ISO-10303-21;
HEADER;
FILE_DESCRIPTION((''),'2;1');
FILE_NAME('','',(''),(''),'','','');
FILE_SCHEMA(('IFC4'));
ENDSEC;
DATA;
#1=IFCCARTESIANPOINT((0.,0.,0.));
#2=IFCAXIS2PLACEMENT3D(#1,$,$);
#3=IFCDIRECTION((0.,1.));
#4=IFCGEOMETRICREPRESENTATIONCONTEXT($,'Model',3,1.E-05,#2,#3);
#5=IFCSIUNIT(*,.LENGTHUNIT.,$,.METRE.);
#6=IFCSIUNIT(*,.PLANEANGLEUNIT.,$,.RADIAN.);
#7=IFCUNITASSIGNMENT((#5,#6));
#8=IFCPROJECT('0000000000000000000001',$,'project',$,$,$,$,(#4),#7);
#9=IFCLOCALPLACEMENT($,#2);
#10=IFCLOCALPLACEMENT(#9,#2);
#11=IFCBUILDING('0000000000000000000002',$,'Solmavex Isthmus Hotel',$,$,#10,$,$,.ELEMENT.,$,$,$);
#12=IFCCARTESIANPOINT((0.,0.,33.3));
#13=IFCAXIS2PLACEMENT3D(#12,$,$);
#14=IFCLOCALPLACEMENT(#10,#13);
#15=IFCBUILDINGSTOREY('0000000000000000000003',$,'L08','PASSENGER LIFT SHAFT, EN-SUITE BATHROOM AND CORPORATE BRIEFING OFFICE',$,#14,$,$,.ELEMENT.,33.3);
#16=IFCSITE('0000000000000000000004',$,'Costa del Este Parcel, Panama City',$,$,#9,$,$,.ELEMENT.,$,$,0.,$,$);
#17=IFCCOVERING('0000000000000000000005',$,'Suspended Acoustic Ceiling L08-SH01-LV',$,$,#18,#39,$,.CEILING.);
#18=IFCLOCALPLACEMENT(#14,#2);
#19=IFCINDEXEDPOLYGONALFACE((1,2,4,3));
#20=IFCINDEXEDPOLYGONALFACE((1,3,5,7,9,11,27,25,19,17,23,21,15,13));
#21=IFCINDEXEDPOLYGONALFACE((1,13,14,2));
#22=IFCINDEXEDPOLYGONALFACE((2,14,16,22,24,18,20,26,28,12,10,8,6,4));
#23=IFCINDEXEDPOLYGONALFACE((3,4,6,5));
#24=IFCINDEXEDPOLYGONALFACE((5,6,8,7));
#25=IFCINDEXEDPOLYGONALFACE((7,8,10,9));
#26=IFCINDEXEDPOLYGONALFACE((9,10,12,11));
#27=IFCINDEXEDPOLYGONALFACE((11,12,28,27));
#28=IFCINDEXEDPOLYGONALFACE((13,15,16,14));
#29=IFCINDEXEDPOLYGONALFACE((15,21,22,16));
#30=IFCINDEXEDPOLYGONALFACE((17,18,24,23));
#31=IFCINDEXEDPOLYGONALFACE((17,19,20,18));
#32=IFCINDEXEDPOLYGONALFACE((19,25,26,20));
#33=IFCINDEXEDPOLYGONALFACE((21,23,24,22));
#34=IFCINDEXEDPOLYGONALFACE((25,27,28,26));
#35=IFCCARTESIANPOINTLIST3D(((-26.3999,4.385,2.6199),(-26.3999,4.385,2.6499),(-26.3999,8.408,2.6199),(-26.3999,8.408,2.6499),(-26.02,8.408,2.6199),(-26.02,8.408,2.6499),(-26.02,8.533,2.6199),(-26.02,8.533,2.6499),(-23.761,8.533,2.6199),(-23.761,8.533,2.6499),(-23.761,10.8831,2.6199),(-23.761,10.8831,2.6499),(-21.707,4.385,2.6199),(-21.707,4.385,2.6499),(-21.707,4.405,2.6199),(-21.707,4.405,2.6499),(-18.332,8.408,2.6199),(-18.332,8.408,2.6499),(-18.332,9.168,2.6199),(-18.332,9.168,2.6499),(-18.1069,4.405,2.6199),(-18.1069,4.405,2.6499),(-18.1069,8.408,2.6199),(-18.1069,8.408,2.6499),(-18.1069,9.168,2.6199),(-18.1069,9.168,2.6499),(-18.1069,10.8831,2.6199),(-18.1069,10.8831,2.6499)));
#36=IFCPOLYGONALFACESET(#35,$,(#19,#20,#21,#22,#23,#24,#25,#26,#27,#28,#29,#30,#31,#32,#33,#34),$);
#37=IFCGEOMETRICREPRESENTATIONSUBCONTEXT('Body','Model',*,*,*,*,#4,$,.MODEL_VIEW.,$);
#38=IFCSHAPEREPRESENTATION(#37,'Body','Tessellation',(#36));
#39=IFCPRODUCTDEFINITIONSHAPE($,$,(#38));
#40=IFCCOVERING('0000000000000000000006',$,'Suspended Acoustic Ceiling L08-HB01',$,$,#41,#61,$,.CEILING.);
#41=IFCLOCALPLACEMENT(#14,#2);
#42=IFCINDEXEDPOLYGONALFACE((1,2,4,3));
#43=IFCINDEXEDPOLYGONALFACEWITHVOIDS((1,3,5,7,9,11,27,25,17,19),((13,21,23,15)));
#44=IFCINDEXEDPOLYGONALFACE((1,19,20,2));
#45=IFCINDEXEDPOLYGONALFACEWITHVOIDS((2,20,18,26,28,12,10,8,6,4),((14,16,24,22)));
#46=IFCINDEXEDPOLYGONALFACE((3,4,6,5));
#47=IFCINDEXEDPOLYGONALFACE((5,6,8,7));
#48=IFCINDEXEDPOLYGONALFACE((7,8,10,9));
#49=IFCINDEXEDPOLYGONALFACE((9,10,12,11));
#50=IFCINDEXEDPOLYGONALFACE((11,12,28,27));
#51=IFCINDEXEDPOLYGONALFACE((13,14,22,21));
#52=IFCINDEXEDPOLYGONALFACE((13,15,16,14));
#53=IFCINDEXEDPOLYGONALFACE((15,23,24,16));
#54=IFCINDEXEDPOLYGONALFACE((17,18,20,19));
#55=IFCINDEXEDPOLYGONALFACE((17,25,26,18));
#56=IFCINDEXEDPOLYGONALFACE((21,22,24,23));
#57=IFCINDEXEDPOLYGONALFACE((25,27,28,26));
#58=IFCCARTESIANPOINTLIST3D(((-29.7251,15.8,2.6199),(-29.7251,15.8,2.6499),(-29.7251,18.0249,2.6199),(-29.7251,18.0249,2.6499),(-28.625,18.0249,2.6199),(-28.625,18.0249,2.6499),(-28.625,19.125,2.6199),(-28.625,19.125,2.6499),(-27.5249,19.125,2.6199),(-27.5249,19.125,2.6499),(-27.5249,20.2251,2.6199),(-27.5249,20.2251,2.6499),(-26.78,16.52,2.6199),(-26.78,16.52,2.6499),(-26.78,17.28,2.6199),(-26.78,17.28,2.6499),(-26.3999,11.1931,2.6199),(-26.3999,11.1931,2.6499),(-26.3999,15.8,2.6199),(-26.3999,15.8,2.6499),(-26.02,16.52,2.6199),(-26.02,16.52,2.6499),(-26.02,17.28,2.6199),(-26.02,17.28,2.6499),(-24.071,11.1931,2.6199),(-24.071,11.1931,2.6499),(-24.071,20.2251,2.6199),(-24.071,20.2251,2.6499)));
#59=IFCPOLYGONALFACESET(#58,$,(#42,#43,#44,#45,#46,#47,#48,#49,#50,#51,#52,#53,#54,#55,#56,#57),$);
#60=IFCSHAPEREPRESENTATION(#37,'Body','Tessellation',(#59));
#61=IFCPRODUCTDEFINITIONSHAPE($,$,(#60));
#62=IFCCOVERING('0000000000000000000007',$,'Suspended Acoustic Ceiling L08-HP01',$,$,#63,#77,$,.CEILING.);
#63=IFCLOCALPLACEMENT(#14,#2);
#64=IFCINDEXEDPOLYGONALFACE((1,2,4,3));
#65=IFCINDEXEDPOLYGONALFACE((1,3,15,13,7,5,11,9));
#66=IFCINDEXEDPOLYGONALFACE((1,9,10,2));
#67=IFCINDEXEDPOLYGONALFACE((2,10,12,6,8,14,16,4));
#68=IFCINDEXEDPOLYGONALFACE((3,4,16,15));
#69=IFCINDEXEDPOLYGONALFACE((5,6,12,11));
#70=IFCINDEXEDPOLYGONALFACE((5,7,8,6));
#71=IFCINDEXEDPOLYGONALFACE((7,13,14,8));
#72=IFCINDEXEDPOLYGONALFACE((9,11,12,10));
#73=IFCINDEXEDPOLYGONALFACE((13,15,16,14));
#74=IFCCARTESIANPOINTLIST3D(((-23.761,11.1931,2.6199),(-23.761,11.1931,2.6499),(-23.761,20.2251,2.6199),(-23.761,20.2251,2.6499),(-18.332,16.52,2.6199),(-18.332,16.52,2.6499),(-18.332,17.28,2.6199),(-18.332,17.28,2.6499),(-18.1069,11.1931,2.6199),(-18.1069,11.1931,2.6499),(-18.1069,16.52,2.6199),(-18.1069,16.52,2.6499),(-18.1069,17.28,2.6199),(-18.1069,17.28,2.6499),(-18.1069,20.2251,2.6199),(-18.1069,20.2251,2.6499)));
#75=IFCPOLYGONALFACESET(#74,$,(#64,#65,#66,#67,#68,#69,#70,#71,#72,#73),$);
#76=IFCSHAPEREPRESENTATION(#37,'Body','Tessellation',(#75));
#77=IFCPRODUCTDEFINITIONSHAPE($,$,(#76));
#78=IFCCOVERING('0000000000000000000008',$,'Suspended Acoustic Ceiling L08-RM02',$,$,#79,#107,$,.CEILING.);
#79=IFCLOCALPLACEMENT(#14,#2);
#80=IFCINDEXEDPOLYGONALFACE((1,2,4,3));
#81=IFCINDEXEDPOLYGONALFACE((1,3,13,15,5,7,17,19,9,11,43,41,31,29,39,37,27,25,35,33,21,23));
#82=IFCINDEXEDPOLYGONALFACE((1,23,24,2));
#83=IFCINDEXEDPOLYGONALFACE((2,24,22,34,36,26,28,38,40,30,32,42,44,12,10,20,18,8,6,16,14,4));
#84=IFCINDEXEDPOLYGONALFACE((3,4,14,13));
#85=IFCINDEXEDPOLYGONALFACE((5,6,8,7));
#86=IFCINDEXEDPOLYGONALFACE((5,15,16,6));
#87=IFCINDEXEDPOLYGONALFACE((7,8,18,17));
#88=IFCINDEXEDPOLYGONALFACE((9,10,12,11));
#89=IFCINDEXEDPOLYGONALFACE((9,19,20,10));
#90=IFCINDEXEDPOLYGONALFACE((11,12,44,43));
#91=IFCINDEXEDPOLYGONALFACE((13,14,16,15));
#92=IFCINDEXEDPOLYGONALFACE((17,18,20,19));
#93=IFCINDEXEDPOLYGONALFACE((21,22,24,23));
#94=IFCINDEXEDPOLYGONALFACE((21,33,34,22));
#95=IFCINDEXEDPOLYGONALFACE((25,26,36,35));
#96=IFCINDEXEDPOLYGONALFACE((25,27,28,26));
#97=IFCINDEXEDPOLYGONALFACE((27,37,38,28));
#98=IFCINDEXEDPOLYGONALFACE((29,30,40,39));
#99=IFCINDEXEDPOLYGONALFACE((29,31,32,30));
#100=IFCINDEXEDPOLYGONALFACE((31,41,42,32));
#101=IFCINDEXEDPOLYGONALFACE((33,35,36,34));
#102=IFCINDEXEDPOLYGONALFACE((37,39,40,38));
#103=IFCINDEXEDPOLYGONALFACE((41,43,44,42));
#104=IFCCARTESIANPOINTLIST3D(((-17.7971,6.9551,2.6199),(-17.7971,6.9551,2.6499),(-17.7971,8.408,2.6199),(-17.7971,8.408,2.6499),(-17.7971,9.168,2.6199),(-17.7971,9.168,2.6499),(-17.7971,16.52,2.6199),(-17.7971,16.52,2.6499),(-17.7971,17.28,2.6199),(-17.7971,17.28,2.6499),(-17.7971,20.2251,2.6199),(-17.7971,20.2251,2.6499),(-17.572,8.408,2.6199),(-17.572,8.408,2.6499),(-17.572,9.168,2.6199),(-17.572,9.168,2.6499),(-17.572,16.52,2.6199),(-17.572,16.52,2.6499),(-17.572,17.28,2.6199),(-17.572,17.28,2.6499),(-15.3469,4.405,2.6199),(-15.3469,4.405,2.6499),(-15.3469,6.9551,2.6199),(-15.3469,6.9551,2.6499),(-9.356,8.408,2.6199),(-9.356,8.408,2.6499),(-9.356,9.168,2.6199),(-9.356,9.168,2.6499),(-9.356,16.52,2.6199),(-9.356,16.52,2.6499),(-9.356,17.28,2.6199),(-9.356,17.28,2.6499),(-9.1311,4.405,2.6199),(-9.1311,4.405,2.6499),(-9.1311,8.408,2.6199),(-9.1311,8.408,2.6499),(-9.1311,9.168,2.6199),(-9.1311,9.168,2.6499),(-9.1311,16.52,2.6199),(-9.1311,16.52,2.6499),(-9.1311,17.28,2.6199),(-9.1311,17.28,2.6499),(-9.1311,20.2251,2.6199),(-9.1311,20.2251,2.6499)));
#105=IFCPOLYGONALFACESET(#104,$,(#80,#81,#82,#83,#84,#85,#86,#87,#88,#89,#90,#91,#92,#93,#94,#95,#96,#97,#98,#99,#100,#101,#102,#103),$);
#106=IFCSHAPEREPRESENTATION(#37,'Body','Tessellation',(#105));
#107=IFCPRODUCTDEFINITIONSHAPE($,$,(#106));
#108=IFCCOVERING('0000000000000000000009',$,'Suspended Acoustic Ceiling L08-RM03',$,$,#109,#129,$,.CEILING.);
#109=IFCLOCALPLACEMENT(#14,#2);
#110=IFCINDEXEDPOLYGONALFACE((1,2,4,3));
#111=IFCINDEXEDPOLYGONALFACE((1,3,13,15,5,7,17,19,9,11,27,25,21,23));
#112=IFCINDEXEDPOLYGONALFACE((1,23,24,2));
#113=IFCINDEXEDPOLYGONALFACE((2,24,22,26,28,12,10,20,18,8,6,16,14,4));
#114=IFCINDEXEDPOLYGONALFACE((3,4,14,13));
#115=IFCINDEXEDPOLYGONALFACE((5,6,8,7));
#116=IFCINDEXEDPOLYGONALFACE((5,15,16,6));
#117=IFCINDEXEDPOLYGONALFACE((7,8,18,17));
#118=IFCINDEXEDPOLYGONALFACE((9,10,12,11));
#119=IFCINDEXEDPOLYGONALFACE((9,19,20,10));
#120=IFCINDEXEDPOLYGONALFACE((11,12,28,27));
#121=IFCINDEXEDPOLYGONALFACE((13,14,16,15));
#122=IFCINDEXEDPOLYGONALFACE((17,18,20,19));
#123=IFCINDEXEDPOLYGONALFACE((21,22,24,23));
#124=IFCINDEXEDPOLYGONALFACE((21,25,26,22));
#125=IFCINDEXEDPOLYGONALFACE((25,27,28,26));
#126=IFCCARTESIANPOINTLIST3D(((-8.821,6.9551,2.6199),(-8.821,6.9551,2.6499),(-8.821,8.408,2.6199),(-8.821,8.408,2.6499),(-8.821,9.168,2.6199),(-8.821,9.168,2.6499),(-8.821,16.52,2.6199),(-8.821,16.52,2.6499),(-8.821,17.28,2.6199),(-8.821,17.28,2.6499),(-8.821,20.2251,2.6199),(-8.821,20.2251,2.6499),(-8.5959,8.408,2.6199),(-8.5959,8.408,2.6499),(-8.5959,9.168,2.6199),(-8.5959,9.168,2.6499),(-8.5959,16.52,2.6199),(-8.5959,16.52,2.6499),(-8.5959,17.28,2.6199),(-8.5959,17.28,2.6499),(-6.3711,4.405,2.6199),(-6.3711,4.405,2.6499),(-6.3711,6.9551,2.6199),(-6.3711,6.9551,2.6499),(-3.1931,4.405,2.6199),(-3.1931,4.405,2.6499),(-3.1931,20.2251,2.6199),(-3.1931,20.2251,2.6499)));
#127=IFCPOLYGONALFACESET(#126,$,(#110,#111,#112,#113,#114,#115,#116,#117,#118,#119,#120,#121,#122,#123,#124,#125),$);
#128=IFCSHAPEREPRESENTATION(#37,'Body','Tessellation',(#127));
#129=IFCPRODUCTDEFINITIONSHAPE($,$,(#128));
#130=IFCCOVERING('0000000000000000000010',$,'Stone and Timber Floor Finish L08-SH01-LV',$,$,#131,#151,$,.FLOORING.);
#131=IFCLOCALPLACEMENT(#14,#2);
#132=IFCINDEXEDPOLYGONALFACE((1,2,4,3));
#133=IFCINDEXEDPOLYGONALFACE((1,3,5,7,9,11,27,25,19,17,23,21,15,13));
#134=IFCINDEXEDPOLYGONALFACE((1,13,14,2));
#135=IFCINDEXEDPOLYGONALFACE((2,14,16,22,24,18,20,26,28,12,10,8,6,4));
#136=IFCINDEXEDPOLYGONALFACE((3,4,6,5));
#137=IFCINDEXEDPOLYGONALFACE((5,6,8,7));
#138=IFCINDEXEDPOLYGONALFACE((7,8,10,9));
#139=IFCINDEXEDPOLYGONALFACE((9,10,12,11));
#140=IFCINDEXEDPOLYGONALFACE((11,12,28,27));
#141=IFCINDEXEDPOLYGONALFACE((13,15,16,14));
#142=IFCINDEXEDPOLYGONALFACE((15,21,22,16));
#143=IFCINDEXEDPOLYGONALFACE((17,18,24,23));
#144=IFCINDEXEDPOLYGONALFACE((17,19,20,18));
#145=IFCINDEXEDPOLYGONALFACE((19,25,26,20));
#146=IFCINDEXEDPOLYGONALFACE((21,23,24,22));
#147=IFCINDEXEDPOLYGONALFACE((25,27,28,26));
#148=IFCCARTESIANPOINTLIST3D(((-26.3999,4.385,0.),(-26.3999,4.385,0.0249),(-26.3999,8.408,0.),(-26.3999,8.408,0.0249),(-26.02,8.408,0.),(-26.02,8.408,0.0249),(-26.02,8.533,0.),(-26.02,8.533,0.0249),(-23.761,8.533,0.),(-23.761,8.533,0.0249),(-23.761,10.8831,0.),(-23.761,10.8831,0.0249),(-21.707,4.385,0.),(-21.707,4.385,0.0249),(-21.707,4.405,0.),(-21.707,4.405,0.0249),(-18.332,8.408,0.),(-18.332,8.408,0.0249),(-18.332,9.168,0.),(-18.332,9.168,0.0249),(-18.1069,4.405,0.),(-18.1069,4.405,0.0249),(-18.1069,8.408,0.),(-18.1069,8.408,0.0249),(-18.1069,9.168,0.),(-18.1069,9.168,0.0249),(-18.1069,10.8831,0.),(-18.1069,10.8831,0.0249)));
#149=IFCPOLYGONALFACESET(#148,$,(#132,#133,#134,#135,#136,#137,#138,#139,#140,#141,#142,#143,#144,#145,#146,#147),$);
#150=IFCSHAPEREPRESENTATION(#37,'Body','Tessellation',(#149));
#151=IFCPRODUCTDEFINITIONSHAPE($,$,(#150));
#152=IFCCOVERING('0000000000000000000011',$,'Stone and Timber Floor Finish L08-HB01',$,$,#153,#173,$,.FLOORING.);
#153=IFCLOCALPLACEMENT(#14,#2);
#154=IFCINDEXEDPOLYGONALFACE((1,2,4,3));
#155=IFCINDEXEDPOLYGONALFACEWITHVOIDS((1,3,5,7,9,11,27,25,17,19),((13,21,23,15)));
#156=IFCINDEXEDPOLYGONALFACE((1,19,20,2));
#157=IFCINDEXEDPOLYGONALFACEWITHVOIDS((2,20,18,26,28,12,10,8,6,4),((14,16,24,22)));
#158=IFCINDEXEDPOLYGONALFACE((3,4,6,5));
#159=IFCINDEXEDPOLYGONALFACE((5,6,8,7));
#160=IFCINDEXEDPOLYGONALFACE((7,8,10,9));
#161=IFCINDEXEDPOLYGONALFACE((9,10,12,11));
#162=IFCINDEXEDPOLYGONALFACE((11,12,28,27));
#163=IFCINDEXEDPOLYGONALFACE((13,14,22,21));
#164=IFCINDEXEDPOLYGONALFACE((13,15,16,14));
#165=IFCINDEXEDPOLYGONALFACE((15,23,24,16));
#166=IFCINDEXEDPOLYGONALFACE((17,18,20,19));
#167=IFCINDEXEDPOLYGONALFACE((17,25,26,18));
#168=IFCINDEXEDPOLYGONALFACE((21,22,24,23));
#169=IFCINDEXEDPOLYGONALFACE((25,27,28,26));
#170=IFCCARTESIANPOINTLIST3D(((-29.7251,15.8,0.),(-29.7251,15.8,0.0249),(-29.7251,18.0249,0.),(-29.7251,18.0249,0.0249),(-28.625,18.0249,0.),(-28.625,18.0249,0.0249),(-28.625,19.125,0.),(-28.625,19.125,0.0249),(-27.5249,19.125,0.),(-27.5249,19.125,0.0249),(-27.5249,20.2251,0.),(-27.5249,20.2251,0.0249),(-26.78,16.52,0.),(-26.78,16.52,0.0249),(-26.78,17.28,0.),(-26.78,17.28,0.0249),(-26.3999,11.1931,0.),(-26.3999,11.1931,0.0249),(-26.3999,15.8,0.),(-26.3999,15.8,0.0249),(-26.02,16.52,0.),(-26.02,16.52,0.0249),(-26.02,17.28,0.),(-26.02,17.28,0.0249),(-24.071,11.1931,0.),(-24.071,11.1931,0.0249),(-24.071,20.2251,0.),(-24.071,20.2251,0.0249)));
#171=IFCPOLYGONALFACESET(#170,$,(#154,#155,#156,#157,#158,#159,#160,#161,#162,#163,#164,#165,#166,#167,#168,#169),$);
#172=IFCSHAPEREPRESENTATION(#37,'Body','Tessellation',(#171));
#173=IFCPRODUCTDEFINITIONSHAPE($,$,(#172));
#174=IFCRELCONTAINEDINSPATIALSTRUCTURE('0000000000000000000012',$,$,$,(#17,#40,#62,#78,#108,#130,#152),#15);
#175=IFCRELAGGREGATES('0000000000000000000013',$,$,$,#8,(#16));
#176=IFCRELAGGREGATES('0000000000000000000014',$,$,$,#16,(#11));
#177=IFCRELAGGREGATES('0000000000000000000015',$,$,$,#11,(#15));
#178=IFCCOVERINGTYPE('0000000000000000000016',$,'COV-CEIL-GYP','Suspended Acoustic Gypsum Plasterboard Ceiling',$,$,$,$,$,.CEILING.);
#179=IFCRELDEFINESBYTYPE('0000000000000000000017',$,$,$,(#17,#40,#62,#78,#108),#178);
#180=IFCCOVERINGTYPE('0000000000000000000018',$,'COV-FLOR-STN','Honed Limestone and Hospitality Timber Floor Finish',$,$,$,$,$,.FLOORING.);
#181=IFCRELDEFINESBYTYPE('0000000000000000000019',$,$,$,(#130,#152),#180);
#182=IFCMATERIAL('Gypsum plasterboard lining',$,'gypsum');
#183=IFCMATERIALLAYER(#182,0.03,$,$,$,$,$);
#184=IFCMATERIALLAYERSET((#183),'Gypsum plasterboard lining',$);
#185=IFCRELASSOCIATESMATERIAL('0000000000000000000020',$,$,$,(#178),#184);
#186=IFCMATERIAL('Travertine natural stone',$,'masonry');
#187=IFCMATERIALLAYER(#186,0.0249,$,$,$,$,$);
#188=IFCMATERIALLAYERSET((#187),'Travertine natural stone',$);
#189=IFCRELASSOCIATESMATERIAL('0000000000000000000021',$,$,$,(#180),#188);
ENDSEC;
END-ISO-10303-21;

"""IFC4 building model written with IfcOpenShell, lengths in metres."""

from ifc_helpers import new_model, si_unit, direction, frame, origin, place, context, subcontext, project, spatial, polyline, outline, extrude, material, layer, layer_set, type_object, element, save


model = new_model("IFC4")

# Units and contexts
model_context = context("Model", 3, precision=1e-05, world=origin(), true_north=direction((0.0, 1.0)))
body_context = subcontext(model_context, "Body", "Model", "MODEL_VIEW")
ifc_project = project(units=[si_unit("LENGTHUNIT", "METRE"), si_unit("PLANEANGLEUNIT", "RADIAN")], contexts=[model_context])

# Site, building, storey
site_placement = place(None, origin())
site = spatial("IfcSite", under=ifc_project, at=site_placement, Name="Costa del Este Parcel, Panama City", CompositionType="ELEMENT", RefElevation=0.0)
building_placement = place(site_placement, origin())
building = spatial("IfcBuilding", under=site, at=building_placement, Name="Solmavex Isthmus Hotel", CompositionType="ELEMENT")
storey_placement = place(building_placement, frame((0.0, 0.0, 33.3)))
storey = spatial("IfcBuildingStorey", under=building, at=storey_placement, Name="L08", Description="PASSENGER LIFT SHAFT, EN-SUITE BATHROOM AND CORPORATE BRIEFING OFFICE", CompositionType="ELEMENT", Elevation=33.3)

# Shared definitions
ifc_material_1 = material(Name="Gypsum plasterboard lining", Category="gypsum")

# Coverings
ifc_layer_1 = layer(ifc_material_1, 0.03)
ifc_layer_set_1 = layer_set([ifc_layer_1], Name="Gypsum plasterboard lining")
covering_type_1 = type_object("IfcCoveringType", Name="COV-CEIL-GYP", Description="Suspended Acoustic Gypsum Plasterboard Ceiling", PredefinedType="CEILING", material=ifc_layer_set_1)
covering_1_placement = place(storey_placement, frame((0.0, 0.0, 2.6199)))
element("IfcCovering", 1, at=covering_1_placement, inside=storey, type_object=covering_type_1, Name="Suspended Acoustic Ceiling L08-SH01-LV", PredefinedType="CEILING", context=body_context, shape_type="SweptSolid", body=[
    extrude(outline(polyline([(-26.02, 8.533), (-26.02, 8.408), (-26.3999, 8.408), (-26.3999, 4.385), (-21.707, 4.385), (-21.707, 4.405), (-18.1069, 4.405), (-18.1069, 8.408), (-18.332, 8.408), (-18.332, 9.168), (-18.1069, 9.168), (-18.1069, 10.8831), (-23.761, 10.8831), (-23.761, 8.533), (-26.02, 8.533)])), origin(), (0.0, 0.0, 1.0), 0.03),
])
covering_2_placement = place(storey_placement, frame((0.0, 0.0, 2.6199)))
element("IfcCovering", 2, at=covering_2_placement, inside=storey, type_object=covering_type_1, Name="Suspended Acoustic Ceiling L08-HB01", PredefinedType="CEILING", context=body_context, shape_type="SweptSolid", body=[
    extrude(outline(polyline([(-28.625, 18.0249), (-29.7251, 18.0249), (-29.7251, 15.8), (-26.3999, 15.8), (-26.3999, 11.1931), (-24.071, 11.1931), (-24.071, 20.2251), (-27.5249, 20.2251), (-27.5249, 19.125), (-28.625, 19.125), (-28.625, 18.0249)]), holes=[polyline([(-26.78, 17.28), (-26.02, 17.28), (-26.02, 16.52), (-26.78, 16.52), (-26.78, 17.28)])]), origin(), (0.0, 0.0, 1.0), 0.03),
])
covering_3_placement = place(storey_placement, frame((0.0, 0.0, 2.6199)))
element("IfcCovering", 3, at=covering_3_placement, inside=storey, type_object=covering_type_1, Name="Suspended Acoustic Ceiling L08-HP01", PredefinedType="CEILING", context=body_context, shape_type="SweptSolid", body=[
    extrude(outline(polyline([(-18.1069, 16.52), (-18.332, 16.52), (-18.332, 17.28), (-18.1069, 17.28), (-18.1069, 20.2251), (-23.761, 20.2251), (-23.761, 11.1931), (-18.1069, 11.1931), (-18.1069, 16.52)])), origin(), (0.0, 0.0, 1.0), 0.03),
])
covering_4_placement = place(storey_placement, frame((0.0, 0.0, 2.6199)))
element("IfcCovering", 4, at=covering_4_placement, inside=storey, type_object=covering_type_1, Name="Suspended Acoustic Ceiling L08-RM02", PredefinedType="CEILING", context=body_context, shape_type="SweptSolid", body=[
    extrude(outline(polyline([(-17.7971, 9.168), (-17.572, 9.168), (-17.572, 8.408), (-17.7971, 8.408), (-17.7971, 6.9551), (-15.3469, 6.9551), (-15.3469, 4.405), (-9.1311, 4.405), (-9.1311, 8.408), (-9.356, 8.408), (-9.356, 9.168), (-9.1311, 9.168), (-9.1311, 16.52), (-9.356, 16.52), (-9.356, 17.28), (-9.1311, 17.28), (-9.1311, 20.2251), (-17.7971, 20.2251), (-17.7971, 17.28), (-17.572, 17.28), (-17.572, 16.52), (-17.7971, 16.52), (-17.7971, 9.168)])), origin(), (0.0, 0.0, 1.0), 0.03),
])
covering_5_placement = place(storey_placement, frame((0.0, 0.0, 2.6199)))
element("IfcCovering", 5, at=covering_5_placement, inside=storey, type_object=covering_type_1, Name="Suspended Acoustic Ceiling L08-RM03", PredefinedType="CEILING", context=body_context, shape_type="SweptSolid", body=[
    extrude(outline(polyline([(-8.821, 9.168), (-8.5959, 9.168), (-8.5959, 8.408), (-8.821, 8.408), (-8.821, 6.9551), (-6.3711, 6.9551), (-6.3711, 4.405), (-3.1931, 4.405), (-3.1931, 20.2251), (-8.821, 20.2251), (-8.821, 17.28), (-8.5959, 17.28), (-8.5959, 16.52), (-8.821, 16.52), (-8.821, 9.168)])), origin(), (0.0, 0.0, 1.0), 0.03),
])
ifc_material_2 = material(Name="Travertine natural stone", Category="masonry")
ifc_layer_2 = layer(ifc_material_2, 0.0249)
ifc_layer_set_2 = layer_set([ifc_layer_2], Name="Travertine natural stone")
covering_type_2 = type_object("IfcCoveringType", Name="COV-FLOR-STN", Description="Honed Limestone and Hospitality Timber Floor Finish", PredefinedType="FLOORING", material=ifc_layer_set_2)
covering_6_placement = place(storey_placement, origin())
element("IfcCovering", 6, at=covering_6_placement, inside=storey, type_object=covering_type_2, Name="Stone and Timber Floor Finish L08-SH01-LV", PredefinedType="FLOORING", context=body_context, shape_type="SweptSolid", body=[
    extrude(outline(polyline([(-26.02, 8.533), (-26.02, 8.408), (-26.3999, 8.408), (-26.3999, 4.385), (-21.707, 4.385), (-21.707, 4.405), (-18.1069, 4.405), (-18.1069, 8.408), (-18.332, 8.408), (-18.332, 9.168), (-18.1069, 9.168), (-18.1069, 10.8831), (-23.761, 10.8831), (-23.761, 8.533), (-26.02, 8.533)])), origin(), (0.0, 0.0, 1.0), 0.0249),
])
covering_7_placement = place(storey_placement, origin())
element("IfcCovering", 7, at=covering_7_placement, inside=storey, type_object=covering_type_2, Name="Stone and Timber Floor Finish L08-HB01", PredefinedType="FLOORING", context=body_context, shape_type="SweptSolid", body=[
    extrude(outline(polyline([(-28.625, 18.0249), (-29.7251, 18.0249), (-29.7251, 15.8), (-26.3999, 15.8), (-26.3999, 11.1931), (-24.071, 11.1931), (-24.071, 20.2251), (-27.5249, 20.2251), (-27.5249, 19.125), (-28.625, 19.125), (-28.625, 18.0249)]), holes=[polyline([(-26.78, 17.28), (-26.02, 17.28), (-26.02, 16.52), (-26.78, 16.52), (-26.78, 17.28)])]), origin(), (0.0, 0.0, 1.0), 0.0249),
])

save(model, "model.ifc")
